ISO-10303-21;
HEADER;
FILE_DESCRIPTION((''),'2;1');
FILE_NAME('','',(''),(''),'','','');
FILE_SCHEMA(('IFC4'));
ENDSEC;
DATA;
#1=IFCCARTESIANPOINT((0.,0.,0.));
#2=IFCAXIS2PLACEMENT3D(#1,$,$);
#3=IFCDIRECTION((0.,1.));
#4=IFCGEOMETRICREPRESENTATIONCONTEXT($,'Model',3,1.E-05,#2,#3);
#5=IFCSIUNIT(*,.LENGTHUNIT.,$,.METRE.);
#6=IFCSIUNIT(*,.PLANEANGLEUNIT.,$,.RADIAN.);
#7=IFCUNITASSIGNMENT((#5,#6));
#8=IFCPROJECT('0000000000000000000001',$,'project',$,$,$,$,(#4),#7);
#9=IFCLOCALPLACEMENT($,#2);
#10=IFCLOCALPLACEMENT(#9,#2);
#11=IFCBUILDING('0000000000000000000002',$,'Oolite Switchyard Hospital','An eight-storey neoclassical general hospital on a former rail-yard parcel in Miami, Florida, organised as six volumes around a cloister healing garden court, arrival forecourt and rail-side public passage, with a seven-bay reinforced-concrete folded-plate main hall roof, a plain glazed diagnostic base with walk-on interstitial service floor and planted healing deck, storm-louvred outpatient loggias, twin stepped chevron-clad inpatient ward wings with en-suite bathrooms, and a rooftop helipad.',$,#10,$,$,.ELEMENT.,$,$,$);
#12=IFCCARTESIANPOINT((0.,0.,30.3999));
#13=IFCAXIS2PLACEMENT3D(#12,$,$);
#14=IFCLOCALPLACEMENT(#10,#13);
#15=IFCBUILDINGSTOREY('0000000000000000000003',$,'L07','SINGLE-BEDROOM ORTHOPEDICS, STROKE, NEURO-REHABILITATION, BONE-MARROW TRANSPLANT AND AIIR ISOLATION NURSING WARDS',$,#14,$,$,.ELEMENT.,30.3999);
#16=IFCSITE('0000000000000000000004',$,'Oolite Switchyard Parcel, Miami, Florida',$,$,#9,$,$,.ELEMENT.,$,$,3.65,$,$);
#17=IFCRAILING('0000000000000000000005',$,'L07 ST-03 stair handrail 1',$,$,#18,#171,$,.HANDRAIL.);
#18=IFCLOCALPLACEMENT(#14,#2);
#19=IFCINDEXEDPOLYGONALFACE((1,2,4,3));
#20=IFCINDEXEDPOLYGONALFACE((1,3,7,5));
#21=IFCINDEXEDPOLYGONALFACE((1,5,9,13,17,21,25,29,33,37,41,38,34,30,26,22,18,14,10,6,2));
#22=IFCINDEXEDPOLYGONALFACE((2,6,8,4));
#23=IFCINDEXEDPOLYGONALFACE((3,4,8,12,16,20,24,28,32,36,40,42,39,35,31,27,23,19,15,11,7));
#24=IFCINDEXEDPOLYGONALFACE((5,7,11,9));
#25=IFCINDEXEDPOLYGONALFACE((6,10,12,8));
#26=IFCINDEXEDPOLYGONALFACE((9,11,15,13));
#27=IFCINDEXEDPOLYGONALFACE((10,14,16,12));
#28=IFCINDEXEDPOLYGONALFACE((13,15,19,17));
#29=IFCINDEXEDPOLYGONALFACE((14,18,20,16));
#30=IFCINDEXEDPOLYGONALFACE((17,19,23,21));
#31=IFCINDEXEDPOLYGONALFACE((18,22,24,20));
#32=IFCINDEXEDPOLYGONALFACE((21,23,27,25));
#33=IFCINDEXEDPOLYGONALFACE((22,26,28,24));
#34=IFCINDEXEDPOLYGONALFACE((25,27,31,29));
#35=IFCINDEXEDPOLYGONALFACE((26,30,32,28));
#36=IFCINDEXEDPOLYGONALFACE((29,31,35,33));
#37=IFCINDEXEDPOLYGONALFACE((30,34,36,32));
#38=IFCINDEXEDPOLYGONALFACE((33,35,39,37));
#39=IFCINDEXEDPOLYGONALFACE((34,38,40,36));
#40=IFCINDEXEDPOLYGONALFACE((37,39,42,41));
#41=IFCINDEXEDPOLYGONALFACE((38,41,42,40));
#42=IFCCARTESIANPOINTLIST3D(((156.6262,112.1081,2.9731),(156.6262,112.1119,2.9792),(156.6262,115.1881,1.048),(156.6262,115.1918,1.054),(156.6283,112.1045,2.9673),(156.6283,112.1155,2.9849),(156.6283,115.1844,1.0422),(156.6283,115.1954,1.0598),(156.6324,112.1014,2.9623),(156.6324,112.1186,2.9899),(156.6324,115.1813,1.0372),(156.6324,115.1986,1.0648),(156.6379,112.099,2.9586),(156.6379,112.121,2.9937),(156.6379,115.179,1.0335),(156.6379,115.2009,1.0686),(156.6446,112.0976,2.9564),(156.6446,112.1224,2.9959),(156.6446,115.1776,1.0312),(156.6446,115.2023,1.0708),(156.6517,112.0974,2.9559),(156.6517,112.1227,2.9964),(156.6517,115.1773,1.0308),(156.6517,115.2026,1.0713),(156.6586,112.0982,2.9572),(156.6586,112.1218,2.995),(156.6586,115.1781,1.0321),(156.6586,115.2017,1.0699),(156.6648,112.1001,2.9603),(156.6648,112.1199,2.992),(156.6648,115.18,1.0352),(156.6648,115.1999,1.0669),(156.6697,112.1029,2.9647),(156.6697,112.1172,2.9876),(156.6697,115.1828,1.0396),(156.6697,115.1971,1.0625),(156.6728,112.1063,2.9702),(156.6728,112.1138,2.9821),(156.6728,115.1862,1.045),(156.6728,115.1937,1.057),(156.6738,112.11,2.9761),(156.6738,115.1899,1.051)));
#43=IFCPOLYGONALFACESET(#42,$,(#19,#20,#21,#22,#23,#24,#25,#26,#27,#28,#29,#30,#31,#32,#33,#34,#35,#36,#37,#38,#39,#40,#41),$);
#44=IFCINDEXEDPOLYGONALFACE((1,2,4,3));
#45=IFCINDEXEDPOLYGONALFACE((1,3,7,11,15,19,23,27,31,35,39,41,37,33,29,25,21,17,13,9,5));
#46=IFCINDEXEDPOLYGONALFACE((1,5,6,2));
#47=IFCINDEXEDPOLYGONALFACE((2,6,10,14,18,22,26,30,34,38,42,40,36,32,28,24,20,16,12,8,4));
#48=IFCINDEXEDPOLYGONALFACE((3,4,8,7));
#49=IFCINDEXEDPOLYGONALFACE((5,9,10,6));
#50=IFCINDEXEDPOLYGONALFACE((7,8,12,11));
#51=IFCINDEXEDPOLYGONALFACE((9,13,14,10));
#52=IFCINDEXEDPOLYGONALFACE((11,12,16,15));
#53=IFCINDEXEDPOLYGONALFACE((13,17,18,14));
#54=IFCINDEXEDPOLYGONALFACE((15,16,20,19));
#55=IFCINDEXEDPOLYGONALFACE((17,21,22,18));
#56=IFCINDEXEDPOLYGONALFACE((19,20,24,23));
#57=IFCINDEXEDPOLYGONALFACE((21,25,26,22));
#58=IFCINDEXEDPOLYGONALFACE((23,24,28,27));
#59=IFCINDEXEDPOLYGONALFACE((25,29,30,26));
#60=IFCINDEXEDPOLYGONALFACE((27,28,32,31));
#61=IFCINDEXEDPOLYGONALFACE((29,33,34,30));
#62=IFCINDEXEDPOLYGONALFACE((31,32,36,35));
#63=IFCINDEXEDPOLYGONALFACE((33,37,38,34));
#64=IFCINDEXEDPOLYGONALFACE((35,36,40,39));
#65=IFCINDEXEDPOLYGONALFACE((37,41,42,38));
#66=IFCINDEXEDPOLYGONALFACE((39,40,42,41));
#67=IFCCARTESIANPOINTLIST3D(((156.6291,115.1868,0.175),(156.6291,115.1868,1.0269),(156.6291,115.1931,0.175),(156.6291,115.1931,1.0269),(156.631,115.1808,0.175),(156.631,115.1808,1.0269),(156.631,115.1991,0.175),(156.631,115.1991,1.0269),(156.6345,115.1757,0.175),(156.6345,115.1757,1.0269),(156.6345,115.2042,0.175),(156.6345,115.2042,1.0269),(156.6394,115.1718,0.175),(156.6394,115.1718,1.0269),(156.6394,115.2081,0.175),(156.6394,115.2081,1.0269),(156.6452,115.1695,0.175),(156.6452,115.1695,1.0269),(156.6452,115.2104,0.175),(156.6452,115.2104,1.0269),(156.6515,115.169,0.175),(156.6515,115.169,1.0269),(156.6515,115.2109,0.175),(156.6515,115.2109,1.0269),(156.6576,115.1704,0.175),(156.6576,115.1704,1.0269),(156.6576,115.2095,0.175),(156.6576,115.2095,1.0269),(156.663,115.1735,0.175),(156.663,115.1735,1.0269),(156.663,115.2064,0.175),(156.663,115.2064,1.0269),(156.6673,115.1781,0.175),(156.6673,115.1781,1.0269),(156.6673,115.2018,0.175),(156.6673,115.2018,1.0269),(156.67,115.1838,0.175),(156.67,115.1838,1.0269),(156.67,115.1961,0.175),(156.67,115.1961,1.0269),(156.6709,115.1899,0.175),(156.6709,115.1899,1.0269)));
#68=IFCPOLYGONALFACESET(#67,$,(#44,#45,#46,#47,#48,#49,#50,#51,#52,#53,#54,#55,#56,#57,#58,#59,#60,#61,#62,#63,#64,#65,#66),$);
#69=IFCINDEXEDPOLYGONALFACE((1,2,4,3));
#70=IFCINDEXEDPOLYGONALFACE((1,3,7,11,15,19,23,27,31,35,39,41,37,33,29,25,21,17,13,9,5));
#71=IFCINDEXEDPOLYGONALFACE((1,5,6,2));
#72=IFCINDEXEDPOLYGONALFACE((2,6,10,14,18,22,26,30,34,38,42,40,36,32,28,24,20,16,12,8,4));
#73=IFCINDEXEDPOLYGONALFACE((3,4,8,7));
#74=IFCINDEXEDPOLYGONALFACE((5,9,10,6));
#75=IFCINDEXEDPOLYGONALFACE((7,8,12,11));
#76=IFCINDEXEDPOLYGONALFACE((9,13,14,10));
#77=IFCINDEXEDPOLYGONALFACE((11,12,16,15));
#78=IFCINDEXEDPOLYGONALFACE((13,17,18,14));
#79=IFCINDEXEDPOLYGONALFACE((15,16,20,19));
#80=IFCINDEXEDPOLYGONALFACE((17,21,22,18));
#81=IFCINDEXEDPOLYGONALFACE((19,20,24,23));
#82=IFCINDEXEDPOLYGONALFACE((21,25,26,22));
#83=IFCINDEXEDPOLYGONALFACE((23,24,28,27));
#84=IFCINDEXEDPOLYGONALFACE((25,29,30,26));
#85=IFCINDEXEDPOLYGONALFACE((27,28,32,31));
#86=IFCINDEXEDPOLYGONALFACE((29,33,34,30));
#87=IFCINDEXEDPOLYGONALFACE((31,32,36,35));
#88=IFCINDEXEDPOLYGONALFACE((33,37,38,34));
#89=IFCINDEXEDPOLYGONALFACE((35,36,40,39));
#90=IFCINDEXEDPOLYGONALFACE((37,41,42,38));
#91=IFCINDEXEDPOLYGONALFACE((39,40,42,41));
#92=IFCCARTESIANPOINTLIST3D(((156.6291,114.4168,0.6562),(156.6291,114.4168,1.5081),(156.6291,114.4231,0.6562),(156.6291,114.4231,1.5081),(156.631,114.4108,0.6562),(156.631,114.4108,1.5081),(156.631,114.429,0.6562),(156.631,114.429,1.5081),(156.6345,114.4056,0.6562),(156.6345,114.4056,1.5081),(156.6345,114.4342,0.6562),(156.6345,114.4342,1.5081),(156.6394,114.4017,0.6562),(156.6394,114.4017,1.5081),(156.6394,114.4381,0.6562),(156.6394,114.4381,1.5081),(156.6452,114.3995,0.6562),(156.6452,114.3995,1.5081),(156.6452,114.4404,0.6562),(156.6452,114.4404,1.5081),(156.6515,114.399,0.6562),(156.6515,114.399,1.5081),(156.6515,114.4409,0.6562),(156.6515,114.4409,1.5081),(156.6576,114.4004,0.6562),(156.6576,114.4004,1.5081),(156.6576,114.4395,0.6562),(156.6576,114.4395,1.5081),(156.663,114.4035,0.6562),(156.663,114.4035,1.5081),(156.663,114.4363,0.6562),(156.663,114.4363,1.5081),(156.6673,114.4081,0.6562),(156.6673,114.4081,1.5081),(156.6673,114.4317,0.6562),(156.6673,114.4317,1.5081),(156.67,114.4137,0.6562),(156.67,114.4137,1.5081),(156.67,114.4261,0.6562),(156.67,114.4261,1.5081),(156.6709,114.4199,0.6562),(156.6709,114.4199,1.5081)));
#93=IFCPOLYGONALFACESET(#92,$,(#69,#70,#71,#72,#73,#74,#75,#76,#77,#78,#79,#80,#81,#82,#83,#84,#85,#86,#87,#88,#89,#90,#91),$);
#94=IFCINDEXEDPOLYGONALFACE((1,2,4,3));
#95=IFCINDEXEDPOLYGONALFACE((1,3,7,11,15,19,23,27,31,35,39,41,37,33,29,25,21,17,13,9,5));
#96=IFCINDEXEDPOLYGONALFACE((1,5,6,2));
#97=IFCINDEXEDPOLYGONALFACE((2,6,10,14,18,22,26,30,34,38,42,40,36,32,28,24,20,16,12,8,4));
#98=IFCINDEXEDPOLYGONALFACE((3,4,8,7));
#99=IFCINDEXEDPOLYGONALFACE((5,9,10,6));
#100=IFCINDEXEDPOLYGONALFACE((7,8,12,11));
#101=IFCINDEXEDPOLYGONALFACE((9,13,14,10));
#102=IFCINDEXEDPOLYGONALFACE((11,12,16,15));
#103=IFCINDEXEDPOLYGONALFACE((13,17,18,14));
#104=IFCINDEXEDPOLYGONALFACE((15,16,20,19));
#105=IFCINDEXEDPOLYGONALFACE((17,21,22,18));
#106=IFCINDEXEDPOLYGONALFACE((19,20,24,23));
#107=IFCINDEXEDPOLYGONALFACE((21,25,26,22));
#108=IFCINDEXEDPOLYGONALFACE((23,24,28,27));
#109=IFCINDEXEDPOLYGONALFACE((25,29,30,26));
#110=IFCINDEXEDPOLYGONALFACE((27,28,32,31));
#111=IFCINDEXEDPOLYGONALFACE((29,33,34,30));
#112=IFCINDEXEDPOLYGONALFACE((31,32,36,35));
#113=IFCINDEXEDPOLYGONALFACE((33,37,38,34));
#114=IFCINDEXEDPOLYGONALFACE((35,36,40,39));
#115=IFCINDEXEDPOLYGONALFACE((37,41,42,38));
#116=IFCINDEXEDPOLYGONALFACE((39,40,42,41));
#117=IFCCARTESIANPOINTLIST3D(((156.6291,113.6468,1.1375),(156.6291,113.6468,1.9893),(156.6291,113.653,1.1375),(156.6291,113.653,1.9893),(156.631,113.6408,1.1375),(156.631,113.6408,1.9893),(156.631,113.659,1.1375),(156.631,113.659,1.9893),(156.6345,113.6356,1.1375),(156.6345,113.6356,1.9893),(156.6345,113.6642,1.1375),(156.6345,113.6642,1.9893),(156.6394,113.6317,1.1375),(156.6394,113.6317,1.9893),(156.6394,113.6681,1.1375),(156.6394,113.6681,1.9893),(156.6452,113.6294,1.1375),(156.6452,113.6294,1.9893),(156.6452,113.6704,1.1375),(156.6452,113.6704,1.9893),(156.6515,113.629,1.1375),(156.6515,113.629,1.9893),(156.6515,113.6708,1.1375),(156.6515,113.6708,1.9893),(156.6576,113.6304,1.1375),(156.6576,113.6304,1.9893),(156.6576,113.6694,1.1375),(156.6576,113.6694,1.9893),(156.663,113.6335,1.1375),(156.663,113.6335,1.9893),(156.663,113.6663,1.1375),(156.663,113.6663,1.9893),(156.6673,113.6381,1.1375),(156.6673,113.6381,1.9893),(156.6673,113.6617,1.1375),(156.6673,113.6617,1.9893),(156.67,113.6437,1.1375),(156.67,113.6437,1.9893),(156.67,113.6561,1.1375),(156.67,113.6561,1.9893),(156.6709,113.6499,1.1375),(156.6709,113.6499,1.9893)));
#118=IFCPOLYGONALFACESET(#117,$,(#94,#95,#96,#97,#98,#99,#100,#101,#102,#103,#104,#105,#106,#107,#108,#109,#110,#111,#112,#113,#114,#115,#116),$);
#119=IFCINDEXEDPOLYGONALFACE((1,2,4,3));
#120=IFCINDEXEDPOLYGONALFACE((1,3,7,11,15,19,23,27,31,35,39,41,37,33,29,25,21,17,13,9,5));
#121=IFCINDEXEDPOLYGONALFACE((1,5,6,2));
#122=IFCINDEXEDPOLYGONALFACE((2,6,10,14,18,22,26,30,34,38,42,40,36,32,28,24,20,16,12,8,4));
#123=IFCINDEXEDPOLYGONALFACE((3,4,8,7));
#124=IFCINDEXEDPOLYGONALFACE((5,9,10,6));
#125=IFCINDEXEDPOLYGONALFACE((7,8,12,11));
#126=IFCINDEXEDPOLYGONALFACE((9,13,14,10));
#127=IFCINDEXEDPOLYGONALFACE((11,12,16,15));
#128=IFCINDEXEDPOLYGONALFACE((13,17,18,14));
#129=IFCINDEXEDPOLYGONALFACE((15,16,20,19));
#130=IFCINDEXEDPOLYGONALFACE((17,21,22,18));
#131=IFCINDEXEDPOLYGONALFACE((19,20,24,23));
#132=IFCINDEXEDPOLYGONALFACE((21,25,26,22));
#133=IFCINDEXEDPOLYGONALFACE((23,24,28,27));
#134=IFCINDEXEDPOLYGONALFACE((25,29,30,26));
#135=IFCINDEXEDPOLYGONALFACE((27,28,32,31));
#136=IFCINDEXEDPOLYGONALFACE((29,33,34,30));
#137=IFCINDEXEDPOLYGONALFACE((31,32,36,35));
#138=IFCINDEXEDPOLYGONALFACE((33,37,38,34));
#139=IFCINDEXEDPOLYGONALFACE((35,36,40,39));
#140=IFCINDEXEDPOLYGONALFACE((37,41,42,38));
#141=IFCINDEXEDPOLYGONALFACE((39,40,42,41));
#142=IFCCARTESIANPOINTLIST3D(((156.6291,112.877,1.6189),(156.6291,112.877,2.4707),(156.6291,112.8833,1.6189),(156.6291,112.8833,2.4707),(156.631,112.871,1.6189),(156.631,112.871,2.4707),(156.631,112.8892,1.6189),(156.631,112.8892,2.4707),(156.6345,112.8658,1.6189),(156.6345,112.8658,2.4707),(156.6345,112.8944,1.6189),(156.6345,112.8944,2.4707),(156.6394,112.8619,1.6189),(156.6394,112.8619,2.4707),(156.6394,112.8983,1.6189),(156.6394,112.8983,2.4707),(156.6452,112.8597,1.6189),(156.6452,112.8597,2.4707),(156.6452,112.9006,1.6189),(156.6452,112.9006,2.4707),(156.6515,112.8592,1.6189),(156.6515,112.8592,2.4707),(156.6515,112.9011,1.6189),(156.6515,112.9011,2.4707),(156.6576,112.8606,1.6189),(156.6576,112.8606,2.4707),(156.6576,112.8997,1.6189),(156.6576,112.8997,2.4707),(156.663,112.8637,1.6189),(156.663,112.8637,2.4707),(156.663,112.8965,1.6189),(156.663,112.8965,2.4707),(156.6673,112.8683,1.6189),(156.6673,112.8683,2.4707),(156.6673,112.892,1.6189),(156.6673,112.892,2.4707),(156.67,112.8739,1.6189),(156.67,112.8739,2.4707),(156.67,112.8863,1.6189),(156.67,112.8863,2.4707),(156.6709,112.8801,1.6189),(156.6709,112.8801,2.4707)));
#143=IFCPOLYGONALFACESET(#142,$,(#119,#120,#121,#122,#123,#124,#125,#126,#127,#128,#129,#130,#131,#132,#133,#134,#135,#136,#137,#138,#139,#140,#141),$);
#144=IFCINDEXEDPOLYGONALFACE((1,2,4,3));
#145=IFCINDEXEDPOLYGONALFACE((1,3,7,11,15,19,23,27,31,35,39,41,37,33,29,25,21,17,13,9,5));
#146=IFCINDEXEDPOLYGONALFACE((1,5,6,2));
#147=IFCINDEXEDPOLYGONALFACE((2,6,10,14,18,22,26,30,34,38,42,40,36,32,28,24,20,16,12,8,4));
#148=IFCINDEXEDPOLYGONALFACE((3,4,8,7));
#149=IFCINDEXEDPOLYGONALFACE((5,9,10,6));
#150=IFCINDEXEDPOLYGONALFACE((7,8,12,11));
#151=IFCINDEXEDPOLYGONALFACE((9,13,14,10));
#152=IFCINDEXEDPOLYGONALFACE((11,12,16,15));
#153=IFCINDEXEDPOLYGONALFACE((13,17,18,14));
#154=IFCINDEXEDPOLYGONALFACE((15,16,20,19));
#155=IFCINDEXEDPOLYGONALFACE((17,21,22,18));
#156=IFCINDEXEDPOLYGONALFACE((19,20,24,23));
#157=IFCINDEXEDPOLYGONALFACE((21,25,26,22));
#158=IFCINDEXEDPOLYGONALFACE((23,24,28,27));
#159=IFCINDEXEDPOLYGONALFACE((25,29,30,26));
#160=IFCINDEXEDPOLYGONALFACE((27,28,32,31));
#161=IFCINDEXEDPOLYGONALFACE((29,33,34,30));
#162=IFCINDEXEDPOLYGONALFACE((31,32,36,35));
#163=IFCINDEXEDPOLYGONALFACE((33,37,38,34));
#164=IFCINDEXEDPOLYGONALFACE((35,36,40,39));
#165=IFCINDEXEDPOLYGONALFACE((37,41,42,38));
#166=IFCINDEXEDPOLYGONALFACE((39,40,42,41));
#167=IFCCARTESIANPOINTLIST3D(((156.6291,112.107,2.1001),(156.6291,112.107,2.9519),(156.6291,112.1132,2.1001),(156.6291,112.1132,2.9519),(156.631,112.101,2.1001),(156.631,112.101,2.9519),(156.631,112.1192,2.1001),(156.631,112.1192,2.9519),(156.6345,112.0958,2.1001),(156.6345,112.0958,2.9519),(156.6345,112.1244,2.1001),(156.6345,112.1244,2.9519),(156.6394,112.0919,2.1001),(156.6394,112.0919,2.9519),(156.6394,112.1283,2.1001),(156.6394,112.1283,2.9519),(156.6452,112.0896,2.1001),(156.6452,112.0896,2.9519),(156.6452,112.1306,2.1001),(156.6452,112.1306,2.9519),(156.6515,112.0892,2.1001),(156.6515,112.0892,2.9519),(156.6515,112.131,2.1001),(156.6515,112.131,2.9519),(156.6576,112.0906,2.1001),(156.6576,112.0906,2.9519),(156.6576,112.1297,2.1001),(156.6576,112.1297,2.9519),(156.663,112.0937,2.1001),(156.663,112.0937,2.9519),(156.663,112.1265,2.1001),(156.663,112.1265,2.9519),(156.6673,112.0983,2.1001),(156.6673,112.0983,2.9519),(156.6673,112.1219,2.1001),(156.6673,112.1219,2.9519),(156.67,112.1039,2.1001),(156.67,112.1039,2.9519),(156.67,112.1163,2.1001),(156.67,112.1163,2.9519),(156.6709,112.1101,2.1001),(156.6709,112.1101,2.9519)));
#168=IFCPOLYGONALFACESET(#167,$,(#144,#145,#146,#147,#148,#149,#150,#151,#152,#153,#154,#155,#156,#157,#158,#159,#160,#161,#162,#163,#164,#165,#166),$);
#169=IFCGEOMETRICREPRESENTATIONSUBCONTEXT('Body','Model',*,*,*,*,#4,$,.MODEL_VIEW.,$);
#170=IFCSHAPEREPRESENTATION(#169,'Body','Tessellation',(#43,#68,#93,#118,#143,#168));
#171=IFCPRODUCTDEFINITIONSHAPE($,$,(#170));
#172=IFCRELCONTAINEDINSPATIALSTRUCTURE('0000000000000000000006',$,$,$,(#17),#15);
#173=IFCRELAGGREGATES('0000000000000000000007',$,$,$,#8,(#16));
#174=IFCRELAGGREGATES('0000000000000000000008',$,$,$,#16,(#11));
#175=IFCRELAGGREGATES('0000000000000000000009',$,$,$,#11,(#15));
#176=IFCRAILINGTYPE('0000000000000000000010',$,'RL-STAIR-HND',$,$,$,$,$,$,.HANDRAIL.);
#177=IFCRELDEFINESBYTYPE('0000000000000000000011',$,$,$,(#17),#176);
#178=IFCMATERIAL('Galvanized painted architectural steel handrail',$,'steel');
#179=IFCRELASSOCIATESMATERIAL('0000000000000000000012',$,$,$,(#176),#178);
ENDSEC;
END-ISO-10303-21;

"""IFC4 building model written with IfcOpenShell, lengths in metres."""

from ifc_helpers import new_model, si_unit, direction, frame, origin, origin_2d, place, context, subcontext, project, spatial, circle, extrude, material, type_object, element, save


model = new_model("IFC4")

# Units and contexts
model_context = context("Model", 3, precision=1e-05, world=origin(), true_north=direction((0.0, 1.0)))
body_context = subcontext(model_context, "Body", "Model", "MODEL_VIEW")
ifc_project = project(units=[si_unit("LENGTHUNIT", "METRE"), si_unit("PLANEANGLEUNIT", "RADIAN")], contexts=[model_context])

# Site, building, storey
site_placement = place(None, origin())
site = spatial("IfcSite", under=ifc_project, at=site_placement, Name="Oolite Switchyard Parcel, Miami, Florida", CompositionType="ELEMENT", RefElevation=3.65)
building_placement = place(site_placement, origin())
building = spatial("IfcBuilding", under=site, at=building_placement, Name="Oolite Switchyard Hospital", Description="An eight-storey neoclassical general hospital on a former rail-yard parcel in Miami, Florida, organised as six volumes around a cloister healing garden court, arrival forecourt and rail-side public passage, with a seven-bay reinforced-concrete folded-plate main hall roof, a plain glazed diagnostic base with walk-on interstitial service floor and planted healing deck, storm-louvred outpatient loggias, twin stepped chevron-clad inpatient ward wings with en-suite bathrooms, and a rooftop helipad.", CompositionType="ELEMENT")
storey_placement = place(building_placement, frame((0.0, 0.0, 30.3999)))
storey = spatial("IfcBuildingStorey", under=building, at=storey_placement, Name="L07", Description="SINGLE-BEDROOM ORTHOPEDICS, STROKE, NEURO-REHABILITATION, BONE-MARROW TRANSPLANT AND AIIR ISOLATION NURSING WARDS", CompositionType="ELEMENT", Elevation=30.3999)

# Railing
ifc_material_1 = material(Name="Galvanized painted architectural steel handrail", Category="steel")
railing_type_1 = type_object("IfcRailingType", Name="RL-STAIR-HND", PredefinedType="HANDRAIL", material=ifc_material_1)
railing_1_placement = place(storey_placement, frame((156.6499, 115.1899, 0.175)))
element("IfcRailing", 1, at=railing_1_placement, inside=storey, type_object=railing_type_1, Name="L07 ST-03 stair handrail 1", PredefinedType="HANDRAIL", context=body_context, shape_type="SweptSolid", body=[
    extrude(circle(Radius=0.0239, at=origin_2d()), frame((0.0, 0.0, 0.876), z_axis=(0.0, -0.847979, 0.530029), x_axis=(1.0, 0.0, 0.0)), (0.0, 0.0, 1.0), 3.6321),
    extrude(circle(Radius=0.021, at=origin_2d()), origin(), (0.0, 0.0, 1.0), 0.8518),
    extrude(circle(Radius=0.021, at=origin_2d()), frame((0.0, -0.77, 0.4812)), (0.0, 0.0, 1.0), 0.8518),
    extrude(circle(Radius=0.021, at=origin_2d()), frame((0.0, -1.54, 0.9624)), (0.0, 0.0, 1.0), 0.8518),
    extrude(circle(Radius=0.021, at=origin_2d()), frame((0.0, -2.3098, 1.4438)), (0.0, 0.0, 1.0), 0.8518),
    extrude(circle(Radius=0.021, at=origin_2d()), frame((0.0, -3.0798, 1.925)), (0.0, 0.0, 1.0), 0.8518),
])

save(model, "model.ifc")
